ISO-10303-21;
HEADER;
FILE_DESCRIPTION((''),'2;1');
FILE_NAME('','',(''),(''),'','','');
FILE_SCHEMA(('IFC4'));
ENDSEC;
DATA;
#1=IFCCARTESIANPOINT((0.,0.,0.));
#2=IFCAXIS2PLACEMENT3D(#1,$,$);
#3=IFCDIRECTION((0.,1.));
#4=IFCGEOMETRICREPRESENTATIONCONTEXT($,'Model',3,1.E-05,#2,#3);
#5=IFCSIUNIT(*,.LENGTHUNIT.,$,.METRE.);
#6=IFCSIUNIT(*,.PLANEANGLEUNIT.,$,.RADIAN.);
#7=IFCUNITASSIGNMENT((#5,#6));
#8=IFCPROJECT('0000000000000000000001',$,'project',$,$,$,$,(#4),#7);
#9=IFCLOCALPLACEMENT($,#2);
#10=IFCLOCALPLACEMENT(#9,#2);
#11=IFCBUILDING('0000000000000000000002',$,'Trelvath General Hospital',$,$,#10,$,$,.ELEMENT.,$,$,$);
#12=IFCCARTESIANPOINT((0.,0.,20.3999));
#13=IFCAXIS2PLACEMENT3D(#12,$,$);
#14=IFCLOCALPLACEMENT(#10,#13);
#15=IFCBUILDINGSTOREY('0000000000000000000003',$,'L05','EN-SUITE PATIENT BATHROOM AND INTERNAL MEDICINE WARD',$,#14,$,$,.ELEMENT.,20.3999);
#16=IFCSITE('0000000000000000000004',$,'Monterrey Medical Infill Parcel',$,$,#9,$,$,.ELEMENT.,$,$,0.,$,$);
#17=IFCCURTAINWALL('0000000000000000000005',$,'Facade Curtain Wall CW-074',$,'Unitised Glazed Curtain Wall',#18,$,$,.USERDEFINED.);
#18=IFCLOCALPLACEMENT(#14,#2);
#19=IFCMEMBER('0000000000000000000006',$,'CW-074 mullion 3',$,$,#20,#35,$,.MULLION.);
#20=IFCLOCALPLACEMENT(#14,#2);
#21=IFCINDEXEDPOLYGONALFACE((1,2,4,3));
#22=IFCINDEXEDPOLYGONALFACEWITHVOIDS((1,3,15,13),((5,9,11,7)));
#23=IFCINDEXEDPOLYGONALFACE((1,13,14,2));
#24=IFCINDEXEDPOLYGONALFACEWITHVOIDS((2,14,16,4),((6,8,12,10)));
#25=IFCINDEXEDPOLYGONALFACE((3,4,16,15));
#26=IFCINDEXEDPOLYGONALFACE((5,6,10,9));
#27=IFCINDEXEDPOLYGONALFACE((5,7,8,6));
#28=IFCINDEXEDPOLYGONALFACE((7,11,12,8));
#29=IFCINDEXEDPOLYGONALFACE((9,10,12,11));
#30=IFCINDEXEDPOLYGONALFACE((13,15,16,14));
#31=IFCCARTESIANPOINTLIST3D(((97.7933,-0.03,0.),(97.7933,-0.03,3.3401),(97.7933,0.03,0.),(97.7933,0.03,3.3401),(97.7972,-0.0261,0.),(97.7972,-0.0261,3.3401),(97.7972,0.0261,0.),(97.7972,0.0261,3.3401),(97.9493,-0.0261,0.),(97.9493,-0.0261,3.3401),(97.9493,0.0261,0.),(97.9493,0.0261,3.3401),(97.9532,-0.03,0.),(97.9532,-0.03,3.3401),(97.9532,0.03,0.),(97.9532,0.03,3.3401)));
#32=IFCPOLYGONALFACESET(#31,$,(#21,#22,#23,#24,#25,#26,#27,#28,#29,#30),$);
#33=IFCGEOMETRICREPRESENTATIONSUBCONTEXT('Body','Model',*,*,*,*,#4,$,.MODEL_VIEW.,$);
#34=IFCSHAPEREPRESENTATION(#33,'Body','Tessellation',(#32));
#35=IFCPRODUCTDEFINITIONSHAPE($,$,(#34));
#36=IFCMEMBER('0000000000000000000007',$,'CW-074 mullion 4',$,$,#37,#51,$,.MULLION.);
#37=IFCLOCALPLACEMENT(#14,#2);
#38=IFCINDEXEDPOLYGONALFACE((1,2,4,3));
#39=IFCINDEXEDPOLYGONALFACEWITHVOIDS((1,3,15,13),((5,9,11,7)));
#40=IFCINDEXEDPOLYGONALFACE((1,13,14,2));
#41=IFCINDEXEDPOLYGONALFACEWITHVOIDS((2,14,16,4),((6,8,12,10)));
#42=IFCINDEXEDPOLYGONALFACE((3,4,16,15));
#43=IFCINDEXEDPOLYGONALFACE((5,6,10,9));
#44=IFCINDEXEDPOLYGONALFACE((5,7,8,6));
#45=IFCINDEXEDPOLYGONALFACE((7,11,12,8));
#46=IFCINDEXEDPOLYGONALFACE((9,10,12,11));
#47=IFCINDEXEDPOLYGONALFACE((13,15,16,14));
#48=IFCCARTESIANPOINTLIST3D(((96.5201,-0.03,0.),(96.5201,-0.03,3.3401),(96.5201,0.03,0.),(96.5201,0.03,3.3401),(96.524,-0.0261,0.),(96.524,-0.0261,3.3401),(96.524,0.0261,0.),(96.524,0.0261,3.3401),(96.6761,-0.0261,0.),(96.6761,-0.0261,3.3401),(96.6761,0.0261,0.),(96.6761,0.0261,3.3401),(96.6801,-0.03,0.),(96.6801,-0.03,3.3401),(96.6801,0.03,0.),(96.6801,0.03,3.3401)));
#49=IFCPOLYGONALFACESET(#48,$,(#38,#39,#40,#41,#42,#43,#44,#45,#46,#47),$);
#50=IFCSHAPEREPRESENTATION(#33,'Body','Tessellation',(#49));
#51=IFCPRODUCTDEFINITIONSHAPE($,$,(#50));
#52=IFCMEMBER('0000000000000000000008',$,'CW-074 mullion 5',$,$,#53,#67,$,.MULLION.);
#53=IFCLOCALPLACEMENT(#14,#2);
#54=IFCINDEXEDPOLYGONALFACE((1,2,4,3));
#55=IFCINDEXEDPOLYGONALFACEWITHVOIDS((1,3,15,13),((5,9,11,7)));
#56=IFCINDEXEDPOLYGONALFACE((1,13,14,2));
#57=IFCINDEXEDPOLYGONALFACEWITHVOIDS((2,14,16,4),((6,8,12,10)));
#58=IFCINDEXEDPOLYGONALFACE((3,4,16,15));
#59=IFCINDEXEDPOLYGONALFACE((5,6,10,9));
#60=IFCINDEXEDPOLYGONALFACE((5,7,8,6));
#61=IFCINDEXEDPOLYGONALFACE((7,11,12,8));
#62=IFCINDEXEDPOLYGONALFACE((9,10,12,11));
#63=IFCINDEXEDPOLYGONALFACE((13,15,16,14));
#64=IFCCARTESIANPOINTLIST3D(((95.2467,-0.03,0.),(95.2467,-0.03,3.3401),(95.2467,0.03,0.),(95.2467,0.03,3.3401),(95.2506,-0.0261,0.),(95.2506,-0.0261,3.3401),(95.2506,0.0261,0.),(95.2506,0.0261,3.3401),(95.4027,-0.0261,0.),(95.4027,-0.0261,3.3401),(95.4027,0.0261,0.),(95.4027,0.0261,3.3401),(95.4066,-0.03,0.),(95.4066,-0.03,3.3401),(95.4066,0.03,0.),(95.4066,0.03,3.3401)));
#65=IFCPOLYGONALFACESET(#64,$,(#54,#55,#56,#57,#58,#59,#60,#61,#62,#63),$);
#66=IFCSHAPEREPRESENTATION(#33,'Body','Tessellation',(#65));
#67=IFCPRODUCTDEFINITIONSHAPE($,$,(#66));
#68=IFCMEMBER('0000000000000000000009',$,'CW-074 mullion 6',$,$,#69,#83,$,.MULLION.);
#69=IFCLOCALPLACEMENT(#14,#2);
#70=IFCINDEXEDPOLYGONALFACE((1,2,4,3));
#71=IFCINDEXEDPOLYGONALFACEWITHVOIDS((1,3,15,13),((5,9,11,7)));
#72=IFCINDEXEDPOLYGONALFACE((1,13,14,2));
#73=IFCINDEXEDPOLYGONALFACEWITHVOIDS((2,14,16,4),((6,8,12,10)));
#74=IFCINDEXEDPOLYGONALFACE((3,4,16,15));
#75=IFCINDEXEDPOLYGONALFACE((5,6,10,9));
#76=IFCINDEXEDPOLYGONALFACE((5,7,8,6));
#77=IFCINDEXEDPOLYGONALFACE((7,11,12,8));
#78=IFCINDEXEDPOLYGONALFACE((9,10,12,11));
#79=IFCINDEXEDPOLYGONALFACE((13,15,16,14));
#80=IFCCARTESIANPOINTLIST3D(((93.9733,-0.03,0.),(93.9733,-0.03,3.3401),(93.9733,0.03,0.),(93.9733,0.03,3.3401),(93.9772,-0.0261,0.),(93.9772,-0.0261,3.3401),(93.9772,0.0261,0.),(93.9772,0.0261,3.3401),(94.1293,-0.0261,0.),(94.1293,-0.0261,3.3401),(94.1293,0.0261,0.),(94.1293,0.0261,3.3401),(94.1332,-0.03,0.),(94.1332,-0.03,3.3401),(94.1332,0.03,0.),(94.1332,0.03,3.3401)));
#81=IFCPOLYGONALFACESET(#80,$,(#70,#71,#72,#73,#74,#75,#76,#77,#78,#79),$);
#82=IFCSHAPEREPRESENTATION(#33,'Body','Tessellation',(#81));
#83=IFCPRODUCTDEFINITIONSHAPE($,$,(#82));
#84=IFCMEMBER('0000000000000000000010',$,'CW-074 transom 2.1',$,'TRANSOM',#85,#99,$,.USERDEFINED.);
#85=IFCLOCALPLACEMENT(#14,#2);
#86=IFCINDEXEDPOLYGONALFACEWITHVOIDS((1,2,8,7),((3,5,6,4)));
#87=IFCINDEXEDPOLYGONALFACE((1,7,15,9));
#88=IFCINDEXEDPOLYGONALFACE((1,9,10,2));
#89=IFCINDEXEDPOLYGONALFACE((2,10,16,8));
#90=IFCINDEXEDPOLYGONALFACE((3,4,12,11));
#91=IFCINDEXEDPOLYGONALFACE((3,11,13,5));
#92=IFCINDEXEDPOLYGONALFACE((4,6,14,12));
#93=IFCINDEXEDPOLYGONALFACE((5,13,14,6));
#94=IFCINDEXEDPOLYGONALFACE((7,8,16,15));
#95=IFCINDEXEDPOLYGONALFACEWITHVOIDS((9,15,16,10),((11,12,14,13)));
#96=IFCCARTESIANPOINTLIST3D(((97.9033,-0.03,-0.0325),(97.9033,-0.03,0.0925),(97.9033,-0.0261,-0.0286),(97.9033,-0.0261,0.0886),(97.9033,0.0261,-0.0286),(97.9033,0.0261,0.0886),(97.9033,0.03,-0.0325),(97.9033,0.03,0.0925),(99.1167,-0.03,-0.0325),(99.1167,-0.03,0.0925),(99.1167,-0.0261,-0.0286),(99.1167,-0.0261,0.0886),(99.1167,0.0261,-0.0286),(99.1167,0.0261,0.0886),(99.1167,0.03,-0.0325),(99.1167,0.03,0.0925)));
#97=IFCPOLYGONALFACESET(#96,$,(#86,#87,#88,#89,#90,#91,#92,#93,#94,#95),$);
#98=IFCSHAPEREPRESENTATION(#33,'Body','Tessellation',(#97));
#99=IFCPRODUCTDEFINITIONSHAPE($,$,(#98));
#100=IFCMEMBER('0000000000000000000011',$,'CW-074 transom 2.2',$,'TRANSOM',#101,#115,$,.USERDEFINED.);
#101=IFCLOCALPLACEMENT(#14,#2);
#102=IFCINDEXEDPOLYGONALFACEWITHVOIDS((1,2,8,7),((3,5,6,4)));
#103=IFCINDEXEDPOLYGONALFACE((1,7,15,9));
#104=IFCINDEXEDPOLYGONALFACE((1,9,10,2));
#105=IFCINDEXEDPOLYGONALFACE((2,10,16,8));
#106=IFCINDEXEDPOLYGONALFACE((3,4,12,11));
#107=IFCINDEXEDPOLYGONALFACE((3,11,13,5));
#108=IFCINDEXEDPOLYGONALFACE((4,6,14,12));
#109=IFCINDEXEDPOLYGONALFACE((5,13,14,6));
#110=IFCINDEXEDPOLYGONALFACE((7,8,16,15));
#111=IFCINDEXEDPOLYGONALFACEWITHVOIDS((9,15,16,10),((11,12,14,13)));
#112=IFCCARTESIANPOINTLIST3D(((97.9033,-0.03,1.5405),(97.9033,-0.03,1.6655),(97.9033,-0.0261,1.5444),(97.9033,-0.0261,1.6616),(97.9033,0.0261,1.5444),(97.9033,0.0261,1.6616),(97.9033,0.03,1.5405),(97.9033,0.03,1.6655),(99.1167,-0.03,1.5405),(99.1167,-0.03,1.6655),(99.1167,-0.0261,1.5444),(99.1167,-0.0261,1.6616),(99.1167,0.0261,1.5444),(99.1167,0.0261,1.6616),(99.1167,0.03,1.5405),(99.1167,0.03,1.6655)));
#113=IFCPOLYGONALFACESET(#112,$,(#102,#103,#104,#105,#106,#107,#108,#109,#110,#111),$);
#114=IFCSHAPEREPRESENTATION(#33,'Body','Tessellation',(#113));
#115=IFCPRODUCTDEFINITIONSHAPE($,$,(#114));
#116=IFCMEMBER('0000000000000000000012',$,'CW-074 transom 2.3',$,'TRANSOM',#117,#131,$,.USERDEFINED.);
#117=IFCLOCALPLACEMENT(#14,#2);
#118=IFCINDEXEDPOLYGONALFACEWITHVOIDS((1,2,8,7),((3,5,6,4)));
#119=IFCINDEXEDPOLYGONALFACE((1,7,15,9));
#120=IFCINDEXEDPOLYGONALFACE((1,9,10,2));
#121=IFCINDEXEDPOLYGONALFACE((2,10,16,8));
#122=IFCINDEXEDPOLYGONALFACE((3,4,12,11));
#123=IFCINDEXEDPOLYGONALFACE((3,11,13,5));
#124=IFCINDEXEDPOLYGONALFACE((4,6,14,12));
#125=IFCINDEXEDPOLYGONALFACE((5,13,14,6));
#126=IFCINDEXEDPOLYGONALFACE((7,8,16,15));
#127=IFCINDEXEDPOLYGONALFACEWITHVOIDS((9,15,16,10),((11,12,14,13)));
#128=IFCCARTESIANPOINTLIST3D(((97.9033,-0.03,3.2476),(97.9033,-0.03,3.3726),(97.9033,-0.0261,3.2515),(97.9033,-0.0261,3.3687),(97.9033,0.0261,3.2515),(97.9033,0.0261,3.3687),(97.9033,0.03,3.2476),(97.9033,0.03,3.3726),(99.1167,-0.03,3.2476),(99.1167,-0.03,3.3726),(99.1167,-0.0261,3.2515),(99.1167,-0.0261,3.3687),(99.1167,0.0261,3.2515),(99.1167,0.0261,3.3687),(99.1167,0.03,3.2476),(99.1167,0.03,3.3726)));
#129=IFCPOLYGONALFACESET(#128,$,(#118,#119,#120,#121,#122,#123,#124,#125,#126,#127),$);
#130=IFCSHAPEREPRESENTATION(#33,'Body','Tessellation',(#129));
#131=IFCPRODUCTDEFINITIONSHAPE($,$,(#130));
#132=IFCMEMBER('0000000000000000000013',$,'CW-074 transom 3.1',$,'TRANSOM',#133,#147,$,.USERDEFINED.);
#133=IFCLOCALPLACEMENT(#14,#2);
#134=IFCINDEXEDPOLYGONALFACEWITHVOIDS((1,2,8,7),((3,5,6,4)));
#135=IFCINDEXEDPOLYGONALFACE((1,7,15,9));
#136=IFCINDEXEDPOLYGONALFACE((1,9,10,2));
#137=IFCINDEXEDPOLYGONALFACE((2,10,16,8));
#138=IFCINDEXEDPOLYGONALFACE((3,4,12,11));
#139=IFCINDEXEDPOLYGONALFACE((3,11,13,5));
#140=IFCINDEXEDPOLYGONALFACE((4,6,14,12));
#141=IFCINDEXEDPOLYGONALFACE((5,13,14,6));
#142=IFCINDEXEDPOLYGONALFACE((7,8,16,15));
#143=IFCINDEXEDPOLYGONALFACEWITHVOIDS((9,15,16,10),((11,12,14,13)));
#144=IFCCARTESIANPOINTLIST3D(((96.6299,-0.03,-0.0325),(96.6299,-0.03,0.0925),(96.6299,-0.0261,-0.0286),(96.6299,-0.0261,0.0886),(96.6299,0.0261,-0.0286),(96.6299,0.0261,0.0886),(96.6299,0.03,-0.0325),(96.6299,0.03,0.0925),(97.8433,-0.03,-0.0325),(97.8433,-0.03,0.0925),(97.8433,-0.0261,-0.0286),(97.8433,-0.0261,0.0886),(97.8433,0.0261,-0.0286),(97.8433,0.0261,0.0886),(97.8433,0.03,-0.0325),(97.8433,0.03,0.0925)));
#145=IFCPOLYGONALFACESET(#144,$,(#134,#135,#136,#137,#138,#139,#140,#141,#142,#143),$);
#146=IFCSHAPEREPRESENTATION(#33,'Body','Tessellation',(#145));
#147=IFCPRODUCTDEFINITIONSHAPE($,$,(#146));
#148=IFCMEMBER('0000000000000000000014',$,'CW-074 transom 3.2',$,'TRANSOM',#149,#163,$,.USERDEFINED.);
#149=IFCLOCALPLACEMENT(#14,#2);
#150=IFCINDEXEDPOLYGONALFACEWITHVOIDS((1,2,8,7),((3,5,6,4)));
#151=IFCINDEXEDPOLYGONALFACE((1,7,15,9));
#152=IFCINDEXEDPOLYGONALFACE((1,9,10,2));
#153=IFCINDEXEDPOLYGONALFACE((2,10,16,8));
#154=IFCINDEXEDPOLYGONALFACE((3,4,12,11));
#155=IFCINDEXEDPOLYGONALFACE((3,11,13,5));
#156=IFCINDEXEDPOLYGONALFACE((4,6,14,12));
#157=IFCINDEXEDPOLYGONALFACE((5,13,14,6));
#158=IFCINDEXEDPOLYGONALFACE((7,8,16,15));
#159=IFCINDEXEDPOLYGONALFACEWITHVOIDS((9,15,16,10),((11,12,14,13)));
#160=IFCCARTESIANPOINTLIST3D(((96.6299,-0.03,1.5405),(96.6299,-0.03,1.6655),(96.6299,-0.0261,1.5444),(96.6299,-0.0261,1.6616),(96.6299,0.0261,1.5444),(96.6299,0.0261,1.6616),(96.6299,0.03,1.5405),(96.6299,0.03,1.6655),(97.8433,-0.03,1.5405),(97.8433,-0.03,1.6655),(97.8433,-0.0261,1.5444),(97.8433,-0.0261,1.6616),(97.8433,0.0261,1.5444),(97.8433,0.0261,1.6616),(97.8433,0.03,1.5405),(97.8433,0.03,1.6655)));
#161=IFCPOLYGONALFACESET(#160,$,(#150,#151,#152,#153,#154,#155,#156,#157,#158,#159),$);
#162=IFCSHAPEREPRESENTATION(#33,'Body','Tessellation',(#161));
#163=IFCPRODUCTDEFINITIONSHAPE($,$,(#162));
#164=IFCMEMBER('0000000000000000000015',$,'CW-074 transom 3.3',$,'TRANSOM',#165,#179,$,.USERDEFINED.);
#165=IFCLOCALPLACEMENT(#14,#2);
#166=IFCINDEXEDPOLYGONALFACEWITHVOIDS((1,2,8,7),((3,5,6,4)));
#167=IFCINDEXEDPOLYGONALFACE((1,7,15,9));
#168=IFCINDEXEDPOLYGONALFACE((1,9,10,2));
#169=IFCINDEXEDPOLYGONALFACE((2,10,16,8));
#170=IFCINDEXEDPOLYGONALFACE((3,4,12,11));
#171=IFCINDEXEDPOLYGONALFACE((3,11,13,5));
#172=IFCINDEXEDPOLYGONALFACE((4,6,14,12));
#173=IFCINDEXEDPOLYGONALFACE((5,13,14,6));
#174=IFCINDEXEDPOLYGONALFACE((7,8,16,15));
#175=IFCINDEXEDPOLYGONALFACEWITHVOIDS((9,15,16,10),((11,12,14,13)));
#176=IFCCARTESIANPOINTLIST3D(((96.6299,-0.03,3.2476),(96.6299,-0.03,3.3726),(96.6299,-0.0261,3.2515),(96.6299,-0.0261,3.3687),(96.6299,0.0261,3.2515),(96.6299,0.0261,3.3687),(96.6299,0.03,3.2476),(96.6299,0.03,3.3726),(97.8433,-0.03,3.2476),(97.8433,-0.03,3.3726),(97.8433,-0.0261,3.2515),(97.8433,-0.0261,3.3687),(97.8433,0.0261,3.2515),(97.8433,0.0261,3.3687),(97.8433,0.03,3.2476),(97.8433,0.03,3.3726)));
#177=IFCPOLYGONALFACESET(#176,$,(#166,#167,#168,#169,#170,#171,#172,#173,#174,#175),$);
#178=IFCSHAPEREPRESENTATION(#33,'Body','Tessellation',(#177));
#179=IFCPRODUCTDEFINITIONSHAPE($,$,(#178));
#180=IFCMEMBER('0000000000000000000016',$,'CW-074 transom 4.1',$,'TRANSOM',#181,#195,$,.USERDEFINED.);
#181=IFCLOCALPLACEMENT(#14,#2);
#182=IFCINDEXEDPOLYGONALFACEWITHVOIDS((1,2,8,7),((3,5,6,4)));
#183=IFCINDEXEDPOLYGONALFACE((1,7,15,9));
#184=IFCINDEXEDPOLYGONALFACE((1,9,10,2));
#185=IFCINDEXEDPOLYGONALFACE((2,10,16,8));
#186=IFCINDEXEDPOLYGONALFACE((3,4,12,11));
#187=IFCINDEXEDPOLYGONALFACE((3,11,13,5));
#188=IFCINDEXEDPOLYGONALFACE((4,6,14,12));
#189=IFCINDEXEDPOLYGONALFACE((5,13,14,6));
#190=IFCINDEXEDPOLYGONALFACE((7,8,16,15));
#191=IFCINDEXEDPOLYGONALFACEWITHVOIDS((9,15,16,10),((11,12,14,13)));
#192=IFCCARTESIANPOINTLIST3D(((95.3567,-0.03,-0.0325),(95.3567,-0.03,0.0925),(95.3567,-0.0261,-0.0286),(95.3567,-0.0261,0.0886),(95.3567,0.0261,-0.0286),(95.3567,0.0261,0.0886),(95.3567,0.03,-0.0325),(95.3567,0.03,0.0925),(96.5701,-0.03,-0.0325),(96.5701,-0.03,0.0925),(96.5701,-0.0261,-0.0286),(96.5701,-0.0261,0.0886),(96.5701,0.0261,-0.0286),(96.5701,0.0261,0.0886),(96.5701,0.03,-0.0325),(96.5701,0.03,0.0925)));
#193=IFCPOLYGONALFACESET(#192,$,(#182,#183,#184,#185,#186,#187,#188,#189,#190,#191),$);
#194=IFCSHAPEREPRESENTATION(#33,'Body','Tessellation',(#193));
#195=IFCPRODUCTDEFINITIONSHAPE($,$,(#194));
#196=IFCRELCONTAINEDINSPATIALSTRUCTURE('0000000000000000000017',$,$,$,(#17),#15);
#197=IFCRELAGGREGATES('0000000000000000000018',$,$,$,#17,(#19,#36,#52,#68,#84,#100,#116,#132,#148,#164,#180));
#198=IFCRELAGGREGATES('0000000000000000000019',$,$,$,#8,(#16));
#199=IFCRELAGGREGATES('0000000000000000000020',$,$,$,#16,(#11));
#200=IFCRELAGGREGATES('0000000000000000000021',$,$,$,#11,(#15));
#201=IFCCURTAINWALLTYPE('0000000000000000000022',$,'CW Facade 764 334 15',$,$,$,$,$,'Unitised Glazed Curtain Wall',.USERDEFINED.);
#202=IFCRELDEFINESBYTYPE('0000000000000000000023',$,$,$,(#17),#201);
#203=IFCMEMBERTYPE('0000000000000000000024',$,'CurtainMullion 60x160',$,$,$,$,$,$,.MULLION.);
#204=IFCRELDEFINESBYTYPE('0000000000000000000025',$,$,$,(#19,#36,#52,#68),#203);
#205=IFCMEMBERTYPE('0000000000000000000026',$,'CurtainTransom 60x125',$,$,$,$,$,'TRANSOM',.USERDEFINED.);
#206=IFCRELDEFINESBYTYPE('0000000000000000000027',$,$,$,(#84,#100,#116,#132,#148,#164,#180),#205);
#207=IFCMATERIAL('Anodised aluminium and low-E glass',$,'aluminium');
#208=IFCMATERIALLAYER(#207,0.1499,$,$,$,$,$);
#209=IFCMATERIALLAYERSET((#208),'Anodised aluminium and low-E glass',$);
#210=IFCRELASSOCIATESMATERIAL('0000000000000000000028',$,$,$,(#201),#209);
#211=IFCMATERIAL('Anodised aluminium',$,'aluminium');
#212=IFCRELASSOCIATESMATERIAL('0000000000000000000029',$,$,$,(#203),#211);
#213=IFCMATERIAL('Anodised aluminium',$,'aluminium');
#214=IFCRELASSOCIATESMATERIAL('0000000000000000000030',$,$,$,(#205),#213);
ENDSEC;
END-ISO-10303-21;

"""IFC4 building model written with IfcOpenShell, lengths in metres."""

from ifc_helpers import new_model, si_unit, direction, frame, origin, origin_2d, place, context, subcontext, project, spatial, hollow_rectangle, extrude, material, layer, layer_set, material_profile, profile_set, type_object, element, aggregate, save


model = new_model("IFC4")

# Units and contexts
model_context = context("Model", 3, precision=1e-05, world=origin(), true_north=direction((0.0, 1.0)))
body_context = subcontext(model_context, "Body", "Model", "MODEL_VIEW")
ifc_project = project(units=[si_unit("LENGTHUNIT", "METRE"), si_unit("PLANEANGLEUNIT", "RADIAN")], contexts=[model_context])

# Site, building, storey
site_placement = place(None, origin())
site = spatial("IfcSite", under=ifc_project, at=site_placement, Name="Monterrey Medical Infill Parcel", CompositionType="ELEMENT", RefElevation=0.0)
building_placement = place(site_placement, origin())
building = spatial("IfcBuilding", under=site, at=building_placement, Name="Trelvath General Hospital", CompositionType="ELEMENT")
storey_placement = place(building_placement, frame((0.0, 0.0, 20.3999)))
storey = spatial("IfcBuildingStorey", under=building, at=storey_placement, Name="L05", Description="EN-SUITE PATIENT BATHROOM AND INTERNAL MEDICINE WARD", CompositionType="ELEMENT", Elevation=20.3999)

# Curtain wall, members
ifc_material_1 = material(Name="Anodised aluminium and low-E glass", Category="aluminium")
ifc_layer_1 = layer(ifc_material_1, 0.1499)
ifc_layer_set_1 = layer_set([ifc_layer_1], Name="Anodised aluminium and low-E glass")
curtain_wall_type = type_object("IfcCurtainWallType", Name="CW Facade 764 334 15", ElementType="Unitised Glazed Curtain Wall", PredefinedType="USERDEFINED", material=ifc_layer_set_1)
curtain_wall_placement = place(storey_placement, origin())
curtain_wall = element("IfcCurtainWall", 1, at=curtain_wall_placement, inside=storey, type_object=curtain_wall_type, Name="Facade Curtain Wall CW-074", ObjectType="Unitised Glazed Curtain Wall", PredefinedType="USERDEFINED")
ifc_material_2 = material(Name="Anodised aluminium", Category="aluminium")
ifc_material_profile_1 = material_profile(ifc_material_2, hollow_rectangle(XDim=0.0601, YDim=0.1599, WallThickness=0.0039, at=origin_2d()), Name="RHS60x160x4")
ifc_profile_set_1 = profile_set([ifc_material_profile_1], Name="Anodised aluminium")
member_type_1 = type_object("IfcMemberType", Name="CurtainMullion 60x160", PredefinedType="MULLION", material=ifc_profile_set_1)
member_1_placement = place(storey_placement, frame((97.8733, 0.0, 0.0), z_axis=(0.0, 0.0, 1.0), x_axis=(0.0, -1.0, 0.0)))
member_1 = element("IfcMember", 2, at=member_1_placement, type_object=member_type_1, Name="CW-074 mullion 3", PredefinedType="MULLION", context=body_context, shape_type="SweptSolid", body=[
    extrude(hollow_rectangle(XDim=0.0601, YDim=0.1599, WallThickness=0.0039, at=origin_2d()), origin(), (0.0, 0.0, 1.0), 3.3401),
])
member_2_placement = place(storey_placement, frame((96.6001, 0.0, 0.0), z_axis=(0.0, 0.0, 1.0), x_axis=(0.0, -1.0, 0.0)))
member_2 = element("IfcMember", 3, at=member_2_placement, type_object=member_type_1, Name="CW-074 mullion 4", PredefinedType="MULLION", context=body_context, shape_type="SweptSolid", body=[
    extrude(hollow_rectangle(XDim=0.0601, YDim=0.1599, WallThickness=0.0039, at=origin_2d()), origin(), (0.0, 0.0, 1.0), 3.3401),
])
member_3_placement = place(storey_placement, frame((95.3267, 0.0, 0.0), z_axis=(0.0, 0.0, 1.0), x_axis=(0.0, -1.0, 0.0)))
member_3 = element("IfcMember", 4, at=member_3_placement, type_object=member_type_1, Name="CW-074 mullion 5", PredefinedType="MULLION", context=body_context, shape_type="SweptSolid", body=[
    extrude(hollow_rectangle(XDim=0.0601, YDim=0.1599, WallThickness=0.0039, at=origin_2d()), origin(), (0.0, 0.0, 1.0), 3.3401),
])
member_4_placement = place(storey_placement, frame((94.0532, 0.0, 0.0), z_axis=(0.0, 0.0, 1.0), x_axis=(0.0, -1.0, 0.0)))
member_4 = element("IfcMember", 5, at=member_4_placement, type_object=member_type_1, Name="CW-074 mullion 6", PredefinedType="MULLION", context=body_context, shape_type="SweptSolid", body=[
    extrude(hollow_rectangle(XDim=0.0601, YDim=0.1599, WallThickness=0.0039, at=origin_2d()), origin(), (0.0, 0.0, 1.0), 3.3401),
])
ifc_material_3 = material(Name="Anodised aluminium", Category="aluminium")
ifc_material_profile_2 = material_profile(ifc_material_3, hollow_rectangle(XDim=0.0601, YDim=0.125, WallThickness=0.0039, at=origin_2d()), Name="RHS60x125x4")
ifc_profile_set_2 = profile_set([ifc_material_profile_2], Name="Anodised aluminium")
member_type_2 = type_object("IfcMemberType", Name="CurtainTransom 60x125", ElementType="TRANSOM", PredefinedType="USERDEFINED", material=ifc_profile_set_2)
member_5_placement = place(storey_placement, frame((99.1167, 0.0, 0.03), z_axis=(-1.0, 0.0, 0.0), x_axis=(0.0, -1.0, 0.0)))
member_5 = element("IfcMember", 6, at=member_5_placement, type_object=member_type_2, Name="CW-074 transom 2.1", ObjectType="TRANSOM", PredefinedType="USERDEFINED", context=body_context, shape_type="SweptSolid", body=[
    extrude(hollow_rectangle(XDim=0.0601, YDim=0.125, WallThickness=0.0039, at=origin_2d()), origin(), (0.0, 0.0, 1.0), 1.2134),
])
member_6_placement = place(storey_placement, frame((99.1167, 0.0, 1.603), z_axis=(-1.0, 0.0, 0.0), x_axis=(0.0, -1.0, 0.0)))
member_6 = element("IfcMember", 7, at=member_6_placement, type_object=member_type_2, Name="CW-074 transom 2.2", ObjectType="TRANSOM", PredefinedType="USERDEFINED", context=body_context, shape_type="SweptSolid", body=[
    extrude(hollow_rectangle(XDim=0.0601, YDim=0.125, WallThickness=0.0039, at=origin_2d()), origin(), (0.0, 0.0, 1.0), 1.2134),
])
member_7_placement = place(storey_placement, frame((99.1167, 0.0, 3.3101), z_axis=(-1.0, 0.0, 0.0), x_axis=(0.0, -1.0, 0.0)))
member_7 = element("IfcMember", 8, at=member_7_placement, type_object=member_type_2, Name="CW-074 transom 2.3", ObjectType="TRANSOM", PredefinedType="USERDEFINED", context=body_context, shape_type="SweptSolid", body=[
    extrude(hollow_rectangle(XDim=0.0601, YDim=0.125, WallThickness=0.0039, at=origin_2d()), origin(), (0.0, 0.0, 1.0), 1.2134),
])
member_8_placement = place(storey_placement, frame((97.8433, 0.0, 0.03), z_axis=(-1.0, 0.0, 0.0), x_axis=(0.0, -1.0, 0.0)))
member_8 = element("IfcMember", 9, at=member_8_placement, type_object=member_type_2, Name="CW-074 transom 3.1", ObjectType="TRANSOM", PredefinedType="USERDEFINED", context=body_context, shape_type="SweptSolid", body=[
    extrude(hollow_rectangle(XDim=0.0601, YDim=0.125, WallThickness=0.0039, at=origin_2d()), origin(), (0.0, 0.0, 1.0), 1.2134),
])
member_9_placement = place(storey_placement, frame((97.8433, 0.0, 1.603), z_axis=(-1.0, 0.0, 0.0), x_axis=(0.0, -1.0, 0.0)))
member_9 = element("IfcMember", 10, at=member_9_placement, type_object=member_type_2, Name="CW-074 transom 3.2", ObjectType="TRANSOM", PredefinedType="USERDEFINED", context=body_context, shape_type="SweptSolid", body=[
    extrude(hollow_rectangle(XDim=0.0601, YDim=0.125, WallThickness=0.0039, at=origin_2d()), origin(), (0.0, 0.0, 1.0), 1.2134),
])
member_10_placement = place(storey_placement, frame((97.8433, 0.0, 3.3101), z_axis=(-1.0, 0.0, 0.0), x_axis=(0.0, -1.0, 0.0)))
member_10 = element("IfcMember", 11, at=member_10_placement, type_object=member_type_2, Name="CW-074 transom 3.3", ObjectType="TRANSOM", PredefinedType="USERDEFINED", context=body_context, shape_type="SweptSolid", body=[
    extrude(hollow_rectangle(XDim=0.0601, YDim=0.125, WallThickness=0.0039, at=origin_2d()), origin(), (0.0, 0.0, 1.0), 1.2134),
])
member_11_placement = place(storey_placement, frame((96.5701, 0.0, 0.03), z_axis=(-1.0, 0.0, 0.0), x_axis=(0.0, -1.0, 0.0)))
member_11 = element("IfcMember", 12, at=member_11_placement, type_object=member_type_2, Name="CW-074 transom 4.1", ObjectType="TRANSOM", PredefinedType="USERDEFINED", context=body_context, shape_type="SweptSolid", body=[
    extrude(hollow_rectangle(XDim=0.0601, YDim=0.125, WallThickness=0.0039, at=origin_2d()), origin(), (0.0, 0.0, 1.0), 1.2134),
])
aggregate(curtain_wall, [member_1, member_2, member_3, member_4, member_5, member_6, member_7, member_8, member_9, member_10, member_11])

save(model, "model.ifc")
